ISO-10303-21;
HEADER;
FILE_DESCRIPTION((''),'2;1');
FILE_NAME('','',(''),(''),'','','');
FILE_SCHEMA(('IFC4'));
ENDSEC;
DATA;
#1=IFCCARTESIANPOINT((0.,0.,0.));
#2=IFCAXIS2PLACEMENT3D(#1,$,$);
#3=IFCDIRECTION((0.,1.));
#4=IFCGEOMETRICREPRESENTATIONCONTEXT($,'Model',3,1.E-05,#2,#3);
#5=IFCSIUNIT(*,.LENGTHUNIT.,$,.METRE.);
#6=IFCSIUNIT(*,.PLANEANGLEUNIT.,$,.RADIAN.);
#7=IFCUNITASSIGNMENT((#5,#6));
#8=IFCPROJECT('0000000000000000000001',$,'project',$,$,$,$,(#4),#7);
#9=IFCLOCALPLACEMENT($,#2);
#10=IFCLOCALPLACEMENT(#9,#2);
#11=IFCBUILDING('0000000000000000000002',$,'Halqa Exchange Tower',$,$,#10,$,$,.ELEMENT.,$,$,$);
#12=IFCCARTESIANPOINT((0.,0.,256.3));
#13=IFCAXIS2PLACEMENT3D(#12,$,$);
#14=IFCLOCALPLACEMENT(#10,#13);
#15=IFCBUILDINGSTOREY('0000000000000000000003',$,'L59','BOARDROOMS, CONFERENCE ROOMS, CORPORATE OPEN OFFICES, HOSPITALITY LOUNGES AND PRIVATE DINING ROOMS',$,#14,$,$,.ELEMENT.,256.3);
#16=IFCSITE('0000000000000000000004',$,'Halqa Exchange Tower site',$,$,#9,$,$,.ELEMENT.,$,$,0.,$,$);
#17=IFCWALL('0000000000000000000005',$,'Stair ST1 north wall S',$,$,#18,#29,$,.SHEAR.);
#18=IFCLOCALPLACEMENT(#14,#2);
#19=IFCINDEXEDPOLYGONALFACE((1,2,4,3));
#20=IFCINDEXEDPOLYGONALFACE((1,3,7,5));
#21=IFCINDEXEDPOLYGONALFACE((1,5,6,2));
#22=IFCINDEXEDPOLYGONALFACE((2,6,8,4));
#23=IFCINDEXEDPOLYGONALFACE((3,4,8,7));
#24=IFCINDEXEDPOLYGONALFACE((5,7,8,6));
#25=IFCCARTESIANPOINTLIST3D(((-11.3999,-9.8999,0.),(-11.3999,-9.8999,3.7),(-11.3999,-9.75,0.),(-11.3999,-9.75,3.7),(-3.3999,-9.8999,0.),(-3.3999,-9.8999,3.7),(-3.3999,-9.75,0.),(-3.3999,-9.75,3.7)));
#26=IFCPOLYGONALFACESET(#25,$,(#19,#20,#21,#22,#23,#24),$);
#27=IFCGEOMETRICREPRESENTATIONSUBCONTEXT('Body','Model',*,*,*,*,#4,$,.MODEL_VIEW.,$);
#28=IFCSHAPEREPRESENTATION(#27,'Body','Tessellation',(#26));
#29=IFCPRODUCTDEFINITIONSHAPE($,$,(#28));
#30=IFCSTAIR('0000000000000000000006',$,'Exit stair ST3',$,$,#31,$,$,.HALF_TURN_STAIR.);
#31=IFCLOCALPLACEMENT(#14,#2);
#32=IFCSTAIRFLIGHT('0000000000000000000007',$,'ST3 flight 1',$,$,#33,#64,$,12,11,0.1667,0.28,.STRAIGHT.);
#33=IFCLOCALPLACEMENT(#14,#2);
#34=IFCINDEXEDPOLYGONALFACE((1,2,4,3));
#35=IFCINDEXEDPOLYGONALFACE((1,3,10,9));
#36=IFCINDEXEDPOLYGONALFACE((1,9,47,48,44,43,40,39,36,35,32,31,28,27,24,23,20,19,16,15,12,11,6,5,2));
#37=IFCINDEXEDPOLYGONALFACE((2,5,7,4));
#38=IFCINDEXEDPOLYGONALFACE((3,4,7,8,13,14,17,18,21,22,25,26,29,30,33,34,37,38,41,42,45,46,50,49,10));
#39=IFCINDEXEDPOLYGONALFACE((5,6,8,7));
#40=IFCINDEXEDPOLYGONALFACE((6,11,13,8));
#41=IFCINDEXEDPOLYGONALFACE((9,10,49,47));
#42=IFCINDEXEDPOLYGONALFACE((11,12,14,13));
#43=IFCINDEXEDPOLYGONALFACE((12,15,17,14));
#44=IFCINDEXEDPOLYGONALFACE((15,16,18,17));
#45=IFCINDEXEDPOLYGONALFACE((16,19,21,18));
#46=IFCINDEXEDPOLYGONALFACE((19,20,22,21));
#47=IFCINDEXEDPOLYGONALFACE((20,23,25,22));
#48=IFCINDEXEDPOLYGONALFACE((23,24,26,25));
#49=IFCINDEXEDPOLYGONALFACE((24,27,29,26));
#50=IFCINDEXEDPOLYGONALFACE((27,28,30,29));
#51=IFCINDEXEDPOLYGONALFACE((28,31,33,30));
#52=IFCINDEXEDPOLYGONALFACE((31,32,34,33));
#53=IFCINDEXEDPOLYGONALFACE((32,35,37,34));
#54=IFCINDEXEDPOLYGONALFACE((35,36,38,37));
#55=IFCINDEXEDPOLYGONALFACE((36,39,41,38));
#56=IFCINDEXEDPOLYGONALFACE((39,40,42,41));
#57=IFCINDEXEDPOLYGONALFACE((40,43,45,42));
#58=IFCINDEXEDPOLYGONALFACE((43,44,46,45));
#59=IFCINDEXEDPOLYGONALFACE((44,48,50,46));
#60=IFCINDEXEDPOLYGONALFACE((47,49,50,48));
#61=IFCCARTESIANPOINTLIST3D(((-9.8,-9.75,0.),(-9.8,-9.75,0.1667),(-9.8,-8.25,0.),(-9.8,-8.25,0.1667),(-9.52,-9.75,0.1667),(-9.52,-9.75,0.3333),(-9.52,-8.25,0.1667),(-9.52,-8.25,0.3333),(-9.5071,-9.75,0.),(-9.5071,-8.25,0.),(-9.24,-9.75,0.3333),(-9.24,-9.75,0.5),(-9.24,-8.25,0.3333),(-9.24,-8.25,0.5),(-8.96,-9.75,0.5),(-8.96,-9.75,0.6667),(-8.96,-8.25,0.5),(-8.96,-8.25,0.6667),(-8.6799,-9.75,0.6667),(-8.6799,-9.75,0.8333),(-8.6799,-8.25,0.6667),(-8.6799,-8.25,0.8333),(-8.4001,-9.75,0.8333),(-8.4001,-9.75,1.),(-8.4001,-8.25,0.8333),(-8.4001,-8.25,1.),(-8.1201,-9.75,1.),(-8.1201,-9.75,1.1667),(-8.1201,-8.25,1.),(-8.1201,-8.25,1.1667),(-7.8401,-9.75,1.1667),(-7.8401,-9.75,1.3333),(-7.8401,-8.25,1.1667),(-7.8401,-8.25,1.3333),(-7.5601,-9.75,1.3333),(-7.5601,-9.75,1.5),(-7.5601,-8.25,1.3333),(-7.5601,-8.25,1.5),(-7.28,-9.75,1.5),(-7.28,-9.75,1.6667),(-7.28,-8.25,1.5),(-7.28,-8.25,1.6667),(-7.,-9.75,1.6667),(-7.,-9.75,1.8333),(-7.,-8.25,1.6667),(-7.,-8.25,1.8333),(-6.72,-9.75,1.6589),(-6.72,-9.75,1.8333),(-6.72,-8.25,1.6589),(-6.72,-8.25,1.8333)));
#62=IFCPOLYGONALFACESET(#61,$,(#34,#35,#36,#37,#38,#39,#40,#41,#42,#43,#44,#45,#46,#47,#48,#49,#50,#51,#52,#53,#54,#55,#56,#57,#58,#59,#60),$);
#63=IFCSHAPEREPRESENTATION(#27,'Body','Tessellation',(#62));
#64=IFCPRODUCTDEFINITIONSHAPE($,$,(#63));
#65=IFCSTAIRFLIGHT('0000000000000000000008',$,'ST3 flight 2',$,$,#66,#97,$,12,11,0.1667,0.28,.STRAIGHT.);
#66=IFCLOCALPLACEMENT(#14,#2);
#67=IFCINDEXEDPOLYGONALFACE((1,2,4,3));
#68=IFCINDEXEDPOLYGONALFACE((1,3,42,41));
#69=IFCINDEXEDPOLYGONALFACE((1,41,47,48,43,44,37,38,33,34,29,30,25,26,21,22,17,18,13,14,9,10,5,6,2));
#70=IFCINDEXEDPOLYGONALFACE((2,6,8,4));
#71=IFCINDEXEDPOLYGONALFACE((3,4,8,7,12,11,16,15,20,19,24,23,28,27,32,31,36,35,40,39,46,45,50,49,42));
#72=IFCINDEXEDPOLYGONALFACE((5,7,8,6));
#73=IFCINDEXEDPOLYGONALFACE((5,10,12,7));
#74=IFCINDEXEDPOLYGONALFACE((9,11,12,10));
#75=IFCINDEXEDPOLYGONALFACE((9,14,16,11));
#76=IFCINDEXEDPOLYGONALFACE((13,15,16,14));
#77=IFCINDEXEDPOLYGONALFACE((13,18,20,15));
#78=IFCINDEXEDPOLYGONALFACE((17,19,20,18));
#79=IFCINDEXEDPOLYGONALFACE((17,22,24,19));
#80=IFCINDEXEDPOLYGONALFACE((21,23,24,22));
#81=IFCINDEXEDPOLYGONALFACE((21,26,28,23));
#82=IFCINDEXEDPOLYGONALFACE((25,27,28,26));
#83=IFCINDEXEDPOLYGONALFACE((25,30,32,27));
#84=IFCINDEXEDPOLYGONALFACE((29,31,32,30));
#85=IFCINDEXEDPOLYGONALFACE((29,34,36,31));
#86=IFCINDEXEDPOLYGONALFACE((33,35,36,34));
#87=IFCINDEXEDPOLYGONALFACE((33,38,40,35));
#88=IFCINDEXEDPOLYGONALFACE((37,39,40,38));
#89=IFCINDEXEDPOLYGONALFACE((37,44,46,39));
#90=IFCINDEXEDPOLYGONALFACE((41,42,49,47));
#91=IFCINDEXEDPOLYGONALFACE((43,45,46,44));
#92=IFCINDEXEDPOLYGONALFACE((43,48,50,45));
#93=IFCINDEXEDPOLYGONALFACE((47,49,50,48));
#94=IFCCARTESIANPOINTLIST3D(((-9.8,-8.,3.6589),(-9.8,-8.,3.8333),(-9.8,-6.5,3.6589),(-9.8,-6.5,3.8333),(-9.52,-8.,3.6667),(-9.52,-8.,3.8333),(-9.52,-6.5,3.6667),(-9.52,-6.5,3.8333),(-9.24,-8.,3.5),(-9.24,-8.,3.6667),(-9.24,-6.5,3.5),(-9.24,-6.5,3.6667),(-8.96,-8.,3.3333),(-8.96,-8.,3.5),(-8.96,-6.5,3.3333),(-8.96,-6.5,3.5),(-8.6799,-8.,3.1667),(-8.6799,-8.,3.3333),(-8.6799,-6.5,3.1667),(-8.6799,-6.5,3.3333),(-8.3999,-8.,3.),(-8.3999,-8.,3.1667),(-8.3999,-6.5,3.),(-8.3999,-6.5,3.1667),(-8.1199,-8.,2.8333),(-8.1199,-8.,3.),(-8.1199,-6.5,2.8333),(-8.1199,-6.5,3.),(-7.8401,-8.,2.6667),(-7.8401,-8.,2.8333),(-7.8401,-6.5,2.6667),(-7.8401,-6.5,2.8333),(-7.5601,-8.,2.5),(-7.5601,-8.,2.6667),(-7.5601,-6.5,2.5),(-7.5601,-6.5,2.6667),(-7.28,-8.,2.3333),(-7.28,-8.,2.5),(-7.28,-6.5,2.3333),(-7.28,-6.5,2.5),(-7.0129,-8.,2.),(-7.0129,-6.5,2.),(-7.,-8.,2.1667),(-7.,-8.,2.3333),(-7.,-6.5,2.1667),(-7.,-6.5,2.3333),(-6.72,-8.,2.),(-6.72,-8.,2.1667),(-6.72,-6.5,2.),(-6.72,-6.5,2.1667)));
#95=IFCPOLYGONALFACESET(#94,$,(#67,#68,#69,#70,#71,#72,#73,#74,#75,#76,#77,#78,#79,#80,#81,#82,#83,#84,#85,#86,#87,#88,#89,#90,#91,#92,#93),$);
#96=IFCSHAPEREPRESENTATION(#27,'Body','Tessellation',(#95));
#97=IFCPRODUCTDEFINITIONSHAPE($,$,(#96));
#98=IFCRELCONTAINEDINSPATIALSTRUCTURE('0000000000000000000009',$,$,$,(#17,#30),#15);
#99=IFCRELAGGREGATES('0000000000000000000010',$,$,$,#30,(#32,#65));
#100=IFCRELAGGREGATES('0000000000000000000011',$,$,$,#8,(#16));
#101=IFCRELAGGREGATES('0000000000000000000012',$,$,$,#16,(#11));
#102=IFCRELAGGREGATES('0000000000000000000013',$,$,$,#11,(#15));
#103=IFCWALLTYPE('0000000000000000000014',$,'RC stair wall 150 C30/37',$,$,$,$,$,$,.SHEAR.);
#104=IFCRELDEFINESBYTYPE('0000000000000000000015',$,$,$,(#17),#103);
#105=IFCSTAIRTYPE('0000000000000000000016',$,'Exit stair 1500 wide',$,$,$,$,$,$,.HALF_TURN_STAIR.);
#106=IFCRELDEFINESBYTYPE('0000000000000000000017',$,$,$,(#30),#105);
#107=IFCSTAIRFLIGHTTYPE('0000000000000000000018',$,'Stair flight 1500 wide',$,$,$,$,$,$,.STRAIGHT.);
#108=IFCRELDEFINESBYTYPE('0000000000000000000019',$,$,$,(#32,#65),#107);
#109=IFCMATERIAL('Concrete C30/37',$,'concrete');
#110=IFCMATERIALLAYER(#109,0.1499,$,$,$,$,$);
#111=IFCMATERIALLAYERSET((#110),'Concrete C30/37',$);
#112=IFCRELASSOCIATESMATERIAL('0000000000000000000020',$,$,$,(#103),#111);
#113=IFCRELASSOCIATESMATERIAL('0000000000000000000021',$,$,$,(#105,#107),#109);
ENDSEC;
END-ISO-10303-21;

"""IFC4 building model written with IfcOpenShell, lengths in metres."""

from ifc_helpers import new_model, si_unit, direction, frame, frame_2d, origin, place, context, subcontext, project, spatial, polyline, rectangle, outline, extrude, material, layer, layer_set, type_object, element, aggregate, save


model = new_model("IFC4")

# Units and contexts
model_context = context("Model", 3, precision=1e-05, world=origin(), true_north=direction((0.0, 1.0)))
body_context = subcontext(model_context, "Body", "Model", "MODEL_VIEW")
ifc_project = project(units=[si_unit("LENGTHUNIT", "METRE"), si_unit("PLANEANGLEUNIT", "RADIAN")], contexts=[model_context])

# Site, building, storey
site_placement = place(None, origin())
site = spatial("IfcSite", under=ifc_project, at=site_placement, Name="Halqa Exchange Tower site", CompositionType="ELEMENT", RefElevation=0.0)
building_placement = place(site_placement, origin())
building = spatial("IfcBuilding", under=site, at=building_placement, Name="Halqa Exchange Tower", CompositionType="ELEMENT")
storey_placement = place(building_placement, frame((0.0, 0.0, 256.3)))
storey = spatial("IfcBuildingStorey", under=building, at=storey_placement, Name="L59", Description="BOARDROOMS, CONFERENCE ROOMS, CORPORATE OPEN OFFICES, HOSPITALITY LOUNGES AND PRIVATE DINING ROOMS", CompositionType="ELEMENT", Elevation=256.3)

# Wall
ifc_material_1 = material(Name="Concrete C30/37", Category="concrete")
ifc_layer_1 = layer(ifc_material_1, 0.1499)
ifc_layer_set_1 = layer_set([ifc_layer_1], Name="Concrete C30/37")
wall_type_1 = type_object("IfcWallType", Name="RC stair wall 150 C30/37", PredefinedType="SHEAR", material=ifc_layer_set_1)
wall_1_placement = place(storey_placement, frame((-11.3999, -9.825, 0.0), z_axis=(0.0, 0.0, 1.0), x_axis=(1.0, 0.0, 0.0)))
element("IfcWall", 1, at=wall_1_placement, inside=storey, type_object=wall_type_1, Name="Stair ST1 north wall S", PredefinedType="SHEAR", context=body_context, shape_type="SweptSolid", body=[
    extrude(rectangle(XDim=8.0, YDim=0.1499, at=frame_2d((4.0, 0.0))), origin(), (0.0, 0.0, 1.0), 3.7),
])

# Stair, stair flights
stair_type = type_object("IfcStairType", Name="Exit stair 1500 wide", PredefinedType="HALF_TURN_STAIR", material=ifc_material_1)
stair_placement = place(storey_placement, origin())
stair = element("IfcStair", 2, at=stair_placement, inside=storey, type_object=stair_type, Name="Exit stair ST3", PredefinedType="HALF_TURN_STAIR")
stair_flight_type = type_object("IfcStairFlightType", Name="Stair flight 1500 wide", PredefinedType="STRAIGHT", material=ifc_material_1)
stair_flight_1_placement = place(storey_placement, frame((-9.8, -9.0, 0.0), z_axis=(0.0, 0.0, 1.0), x_axis=(1.0, 0.0, 0.0)))
stair_flight_1 = element("IfcStairFlight", 3, at=stair_flight_1_placement, type_object=stair_flight_type, Name="ST3 flight 1", NumberOfRisers=12, NumberOfTreads=11, PredefinedType="STRAIGHT", RiserHeight=0.1667, TreadLength=0.28, context=body_context, shape_type="SweptSolid", body=[
    extrude(outline(polyline([(0.0, 0.0), (0.0, 0.1667), (0.28, 0.1667), (0.28, 0.3333), (0.5601, 0.3333), (0.5601, 0.5), (0.8401, 0.5), (0.8401, 0.6667), (1.1201, 0.6667), (1.1201, 0.8333), (1.3999, 0.8333), (1.3999, 1.0), (1.6799, 1.0), (1.6799, 1.1667), (1.96, 1.1667), (1.96, 1.3333), (2.24, 1.3333), (2.24, 1.5), (2.52, 1.5), (2.52, 1.6667), (2.8, 1.6667), (2.8, 1.8333), (3.0801, 1.8333), (3.0801, 2.0), (3.0801, 1.6589), (0.293, 0.0), (0.0, 0.0)])), frame((0.0, 0.75, 0.0), z_axis=(0.0, -1.0, 0.0), x_axis=(1.0, 0.0, 0.0)), (0.0, 0.0, 1.0), 1.5),
])
stair_flight_2_placement = place(storey_placement, frame((-6.72, -7.25, 2.0), z_axis=(0.0, 0.0, 1.0), x_axis=(-1.0, 0.0, 0.0)))
stair_flight_2 = element("IfcStairFlight", 4, at=stair_flight_2_placement, type_object=stair_flight_type, Name="ST3 flight 2", NumberOfRisers=12, NumberOfTreads=11, PredefinedType="STRAIGHT", RiserHeight=0.1667, TreadLength=0.28, context=body_context, shape_type="SweptSolid", body=[
    extrude(outline(polyline([(0.0, 0.0), (0.0, 0.1667), (0.28, 0.1667), (0.28, 0.3333), (0.5601, 0.3333), (0.5601, 0.5), (0.8401, 0.5), (0.8401, 0.6667), (1.1201, 0.6667), (1.1201, 0.8333), (1.3999, 0.8333), (1.3999, 1.0), (1.6799, 1.0), (1.6799, 1.1667), (1.96, 1.1667), (1.96, 1.3333), (2.24, 1.3333), (2.24, 1.5), (2.52, 1.5), (2.52, 1.6667), (2.8, 1.6667), (2.8, 1.8333), (3.0801, 1.8333), (3.0801, 2.0), (3.0801, 1.6589), (0.293, 0.0), (0.0, 0.0)])), frame((0.0, 0.75, 0.0), z_axis=(0.0, -1.0, 0.0), x_axis=(1.0, 0.0, 0.0)), (0.0, 0.0, 1.0), 1.5),
])
aggregate(stair, [stair_flight_1, stair_flight_2])

save(model, "model.ifc")
